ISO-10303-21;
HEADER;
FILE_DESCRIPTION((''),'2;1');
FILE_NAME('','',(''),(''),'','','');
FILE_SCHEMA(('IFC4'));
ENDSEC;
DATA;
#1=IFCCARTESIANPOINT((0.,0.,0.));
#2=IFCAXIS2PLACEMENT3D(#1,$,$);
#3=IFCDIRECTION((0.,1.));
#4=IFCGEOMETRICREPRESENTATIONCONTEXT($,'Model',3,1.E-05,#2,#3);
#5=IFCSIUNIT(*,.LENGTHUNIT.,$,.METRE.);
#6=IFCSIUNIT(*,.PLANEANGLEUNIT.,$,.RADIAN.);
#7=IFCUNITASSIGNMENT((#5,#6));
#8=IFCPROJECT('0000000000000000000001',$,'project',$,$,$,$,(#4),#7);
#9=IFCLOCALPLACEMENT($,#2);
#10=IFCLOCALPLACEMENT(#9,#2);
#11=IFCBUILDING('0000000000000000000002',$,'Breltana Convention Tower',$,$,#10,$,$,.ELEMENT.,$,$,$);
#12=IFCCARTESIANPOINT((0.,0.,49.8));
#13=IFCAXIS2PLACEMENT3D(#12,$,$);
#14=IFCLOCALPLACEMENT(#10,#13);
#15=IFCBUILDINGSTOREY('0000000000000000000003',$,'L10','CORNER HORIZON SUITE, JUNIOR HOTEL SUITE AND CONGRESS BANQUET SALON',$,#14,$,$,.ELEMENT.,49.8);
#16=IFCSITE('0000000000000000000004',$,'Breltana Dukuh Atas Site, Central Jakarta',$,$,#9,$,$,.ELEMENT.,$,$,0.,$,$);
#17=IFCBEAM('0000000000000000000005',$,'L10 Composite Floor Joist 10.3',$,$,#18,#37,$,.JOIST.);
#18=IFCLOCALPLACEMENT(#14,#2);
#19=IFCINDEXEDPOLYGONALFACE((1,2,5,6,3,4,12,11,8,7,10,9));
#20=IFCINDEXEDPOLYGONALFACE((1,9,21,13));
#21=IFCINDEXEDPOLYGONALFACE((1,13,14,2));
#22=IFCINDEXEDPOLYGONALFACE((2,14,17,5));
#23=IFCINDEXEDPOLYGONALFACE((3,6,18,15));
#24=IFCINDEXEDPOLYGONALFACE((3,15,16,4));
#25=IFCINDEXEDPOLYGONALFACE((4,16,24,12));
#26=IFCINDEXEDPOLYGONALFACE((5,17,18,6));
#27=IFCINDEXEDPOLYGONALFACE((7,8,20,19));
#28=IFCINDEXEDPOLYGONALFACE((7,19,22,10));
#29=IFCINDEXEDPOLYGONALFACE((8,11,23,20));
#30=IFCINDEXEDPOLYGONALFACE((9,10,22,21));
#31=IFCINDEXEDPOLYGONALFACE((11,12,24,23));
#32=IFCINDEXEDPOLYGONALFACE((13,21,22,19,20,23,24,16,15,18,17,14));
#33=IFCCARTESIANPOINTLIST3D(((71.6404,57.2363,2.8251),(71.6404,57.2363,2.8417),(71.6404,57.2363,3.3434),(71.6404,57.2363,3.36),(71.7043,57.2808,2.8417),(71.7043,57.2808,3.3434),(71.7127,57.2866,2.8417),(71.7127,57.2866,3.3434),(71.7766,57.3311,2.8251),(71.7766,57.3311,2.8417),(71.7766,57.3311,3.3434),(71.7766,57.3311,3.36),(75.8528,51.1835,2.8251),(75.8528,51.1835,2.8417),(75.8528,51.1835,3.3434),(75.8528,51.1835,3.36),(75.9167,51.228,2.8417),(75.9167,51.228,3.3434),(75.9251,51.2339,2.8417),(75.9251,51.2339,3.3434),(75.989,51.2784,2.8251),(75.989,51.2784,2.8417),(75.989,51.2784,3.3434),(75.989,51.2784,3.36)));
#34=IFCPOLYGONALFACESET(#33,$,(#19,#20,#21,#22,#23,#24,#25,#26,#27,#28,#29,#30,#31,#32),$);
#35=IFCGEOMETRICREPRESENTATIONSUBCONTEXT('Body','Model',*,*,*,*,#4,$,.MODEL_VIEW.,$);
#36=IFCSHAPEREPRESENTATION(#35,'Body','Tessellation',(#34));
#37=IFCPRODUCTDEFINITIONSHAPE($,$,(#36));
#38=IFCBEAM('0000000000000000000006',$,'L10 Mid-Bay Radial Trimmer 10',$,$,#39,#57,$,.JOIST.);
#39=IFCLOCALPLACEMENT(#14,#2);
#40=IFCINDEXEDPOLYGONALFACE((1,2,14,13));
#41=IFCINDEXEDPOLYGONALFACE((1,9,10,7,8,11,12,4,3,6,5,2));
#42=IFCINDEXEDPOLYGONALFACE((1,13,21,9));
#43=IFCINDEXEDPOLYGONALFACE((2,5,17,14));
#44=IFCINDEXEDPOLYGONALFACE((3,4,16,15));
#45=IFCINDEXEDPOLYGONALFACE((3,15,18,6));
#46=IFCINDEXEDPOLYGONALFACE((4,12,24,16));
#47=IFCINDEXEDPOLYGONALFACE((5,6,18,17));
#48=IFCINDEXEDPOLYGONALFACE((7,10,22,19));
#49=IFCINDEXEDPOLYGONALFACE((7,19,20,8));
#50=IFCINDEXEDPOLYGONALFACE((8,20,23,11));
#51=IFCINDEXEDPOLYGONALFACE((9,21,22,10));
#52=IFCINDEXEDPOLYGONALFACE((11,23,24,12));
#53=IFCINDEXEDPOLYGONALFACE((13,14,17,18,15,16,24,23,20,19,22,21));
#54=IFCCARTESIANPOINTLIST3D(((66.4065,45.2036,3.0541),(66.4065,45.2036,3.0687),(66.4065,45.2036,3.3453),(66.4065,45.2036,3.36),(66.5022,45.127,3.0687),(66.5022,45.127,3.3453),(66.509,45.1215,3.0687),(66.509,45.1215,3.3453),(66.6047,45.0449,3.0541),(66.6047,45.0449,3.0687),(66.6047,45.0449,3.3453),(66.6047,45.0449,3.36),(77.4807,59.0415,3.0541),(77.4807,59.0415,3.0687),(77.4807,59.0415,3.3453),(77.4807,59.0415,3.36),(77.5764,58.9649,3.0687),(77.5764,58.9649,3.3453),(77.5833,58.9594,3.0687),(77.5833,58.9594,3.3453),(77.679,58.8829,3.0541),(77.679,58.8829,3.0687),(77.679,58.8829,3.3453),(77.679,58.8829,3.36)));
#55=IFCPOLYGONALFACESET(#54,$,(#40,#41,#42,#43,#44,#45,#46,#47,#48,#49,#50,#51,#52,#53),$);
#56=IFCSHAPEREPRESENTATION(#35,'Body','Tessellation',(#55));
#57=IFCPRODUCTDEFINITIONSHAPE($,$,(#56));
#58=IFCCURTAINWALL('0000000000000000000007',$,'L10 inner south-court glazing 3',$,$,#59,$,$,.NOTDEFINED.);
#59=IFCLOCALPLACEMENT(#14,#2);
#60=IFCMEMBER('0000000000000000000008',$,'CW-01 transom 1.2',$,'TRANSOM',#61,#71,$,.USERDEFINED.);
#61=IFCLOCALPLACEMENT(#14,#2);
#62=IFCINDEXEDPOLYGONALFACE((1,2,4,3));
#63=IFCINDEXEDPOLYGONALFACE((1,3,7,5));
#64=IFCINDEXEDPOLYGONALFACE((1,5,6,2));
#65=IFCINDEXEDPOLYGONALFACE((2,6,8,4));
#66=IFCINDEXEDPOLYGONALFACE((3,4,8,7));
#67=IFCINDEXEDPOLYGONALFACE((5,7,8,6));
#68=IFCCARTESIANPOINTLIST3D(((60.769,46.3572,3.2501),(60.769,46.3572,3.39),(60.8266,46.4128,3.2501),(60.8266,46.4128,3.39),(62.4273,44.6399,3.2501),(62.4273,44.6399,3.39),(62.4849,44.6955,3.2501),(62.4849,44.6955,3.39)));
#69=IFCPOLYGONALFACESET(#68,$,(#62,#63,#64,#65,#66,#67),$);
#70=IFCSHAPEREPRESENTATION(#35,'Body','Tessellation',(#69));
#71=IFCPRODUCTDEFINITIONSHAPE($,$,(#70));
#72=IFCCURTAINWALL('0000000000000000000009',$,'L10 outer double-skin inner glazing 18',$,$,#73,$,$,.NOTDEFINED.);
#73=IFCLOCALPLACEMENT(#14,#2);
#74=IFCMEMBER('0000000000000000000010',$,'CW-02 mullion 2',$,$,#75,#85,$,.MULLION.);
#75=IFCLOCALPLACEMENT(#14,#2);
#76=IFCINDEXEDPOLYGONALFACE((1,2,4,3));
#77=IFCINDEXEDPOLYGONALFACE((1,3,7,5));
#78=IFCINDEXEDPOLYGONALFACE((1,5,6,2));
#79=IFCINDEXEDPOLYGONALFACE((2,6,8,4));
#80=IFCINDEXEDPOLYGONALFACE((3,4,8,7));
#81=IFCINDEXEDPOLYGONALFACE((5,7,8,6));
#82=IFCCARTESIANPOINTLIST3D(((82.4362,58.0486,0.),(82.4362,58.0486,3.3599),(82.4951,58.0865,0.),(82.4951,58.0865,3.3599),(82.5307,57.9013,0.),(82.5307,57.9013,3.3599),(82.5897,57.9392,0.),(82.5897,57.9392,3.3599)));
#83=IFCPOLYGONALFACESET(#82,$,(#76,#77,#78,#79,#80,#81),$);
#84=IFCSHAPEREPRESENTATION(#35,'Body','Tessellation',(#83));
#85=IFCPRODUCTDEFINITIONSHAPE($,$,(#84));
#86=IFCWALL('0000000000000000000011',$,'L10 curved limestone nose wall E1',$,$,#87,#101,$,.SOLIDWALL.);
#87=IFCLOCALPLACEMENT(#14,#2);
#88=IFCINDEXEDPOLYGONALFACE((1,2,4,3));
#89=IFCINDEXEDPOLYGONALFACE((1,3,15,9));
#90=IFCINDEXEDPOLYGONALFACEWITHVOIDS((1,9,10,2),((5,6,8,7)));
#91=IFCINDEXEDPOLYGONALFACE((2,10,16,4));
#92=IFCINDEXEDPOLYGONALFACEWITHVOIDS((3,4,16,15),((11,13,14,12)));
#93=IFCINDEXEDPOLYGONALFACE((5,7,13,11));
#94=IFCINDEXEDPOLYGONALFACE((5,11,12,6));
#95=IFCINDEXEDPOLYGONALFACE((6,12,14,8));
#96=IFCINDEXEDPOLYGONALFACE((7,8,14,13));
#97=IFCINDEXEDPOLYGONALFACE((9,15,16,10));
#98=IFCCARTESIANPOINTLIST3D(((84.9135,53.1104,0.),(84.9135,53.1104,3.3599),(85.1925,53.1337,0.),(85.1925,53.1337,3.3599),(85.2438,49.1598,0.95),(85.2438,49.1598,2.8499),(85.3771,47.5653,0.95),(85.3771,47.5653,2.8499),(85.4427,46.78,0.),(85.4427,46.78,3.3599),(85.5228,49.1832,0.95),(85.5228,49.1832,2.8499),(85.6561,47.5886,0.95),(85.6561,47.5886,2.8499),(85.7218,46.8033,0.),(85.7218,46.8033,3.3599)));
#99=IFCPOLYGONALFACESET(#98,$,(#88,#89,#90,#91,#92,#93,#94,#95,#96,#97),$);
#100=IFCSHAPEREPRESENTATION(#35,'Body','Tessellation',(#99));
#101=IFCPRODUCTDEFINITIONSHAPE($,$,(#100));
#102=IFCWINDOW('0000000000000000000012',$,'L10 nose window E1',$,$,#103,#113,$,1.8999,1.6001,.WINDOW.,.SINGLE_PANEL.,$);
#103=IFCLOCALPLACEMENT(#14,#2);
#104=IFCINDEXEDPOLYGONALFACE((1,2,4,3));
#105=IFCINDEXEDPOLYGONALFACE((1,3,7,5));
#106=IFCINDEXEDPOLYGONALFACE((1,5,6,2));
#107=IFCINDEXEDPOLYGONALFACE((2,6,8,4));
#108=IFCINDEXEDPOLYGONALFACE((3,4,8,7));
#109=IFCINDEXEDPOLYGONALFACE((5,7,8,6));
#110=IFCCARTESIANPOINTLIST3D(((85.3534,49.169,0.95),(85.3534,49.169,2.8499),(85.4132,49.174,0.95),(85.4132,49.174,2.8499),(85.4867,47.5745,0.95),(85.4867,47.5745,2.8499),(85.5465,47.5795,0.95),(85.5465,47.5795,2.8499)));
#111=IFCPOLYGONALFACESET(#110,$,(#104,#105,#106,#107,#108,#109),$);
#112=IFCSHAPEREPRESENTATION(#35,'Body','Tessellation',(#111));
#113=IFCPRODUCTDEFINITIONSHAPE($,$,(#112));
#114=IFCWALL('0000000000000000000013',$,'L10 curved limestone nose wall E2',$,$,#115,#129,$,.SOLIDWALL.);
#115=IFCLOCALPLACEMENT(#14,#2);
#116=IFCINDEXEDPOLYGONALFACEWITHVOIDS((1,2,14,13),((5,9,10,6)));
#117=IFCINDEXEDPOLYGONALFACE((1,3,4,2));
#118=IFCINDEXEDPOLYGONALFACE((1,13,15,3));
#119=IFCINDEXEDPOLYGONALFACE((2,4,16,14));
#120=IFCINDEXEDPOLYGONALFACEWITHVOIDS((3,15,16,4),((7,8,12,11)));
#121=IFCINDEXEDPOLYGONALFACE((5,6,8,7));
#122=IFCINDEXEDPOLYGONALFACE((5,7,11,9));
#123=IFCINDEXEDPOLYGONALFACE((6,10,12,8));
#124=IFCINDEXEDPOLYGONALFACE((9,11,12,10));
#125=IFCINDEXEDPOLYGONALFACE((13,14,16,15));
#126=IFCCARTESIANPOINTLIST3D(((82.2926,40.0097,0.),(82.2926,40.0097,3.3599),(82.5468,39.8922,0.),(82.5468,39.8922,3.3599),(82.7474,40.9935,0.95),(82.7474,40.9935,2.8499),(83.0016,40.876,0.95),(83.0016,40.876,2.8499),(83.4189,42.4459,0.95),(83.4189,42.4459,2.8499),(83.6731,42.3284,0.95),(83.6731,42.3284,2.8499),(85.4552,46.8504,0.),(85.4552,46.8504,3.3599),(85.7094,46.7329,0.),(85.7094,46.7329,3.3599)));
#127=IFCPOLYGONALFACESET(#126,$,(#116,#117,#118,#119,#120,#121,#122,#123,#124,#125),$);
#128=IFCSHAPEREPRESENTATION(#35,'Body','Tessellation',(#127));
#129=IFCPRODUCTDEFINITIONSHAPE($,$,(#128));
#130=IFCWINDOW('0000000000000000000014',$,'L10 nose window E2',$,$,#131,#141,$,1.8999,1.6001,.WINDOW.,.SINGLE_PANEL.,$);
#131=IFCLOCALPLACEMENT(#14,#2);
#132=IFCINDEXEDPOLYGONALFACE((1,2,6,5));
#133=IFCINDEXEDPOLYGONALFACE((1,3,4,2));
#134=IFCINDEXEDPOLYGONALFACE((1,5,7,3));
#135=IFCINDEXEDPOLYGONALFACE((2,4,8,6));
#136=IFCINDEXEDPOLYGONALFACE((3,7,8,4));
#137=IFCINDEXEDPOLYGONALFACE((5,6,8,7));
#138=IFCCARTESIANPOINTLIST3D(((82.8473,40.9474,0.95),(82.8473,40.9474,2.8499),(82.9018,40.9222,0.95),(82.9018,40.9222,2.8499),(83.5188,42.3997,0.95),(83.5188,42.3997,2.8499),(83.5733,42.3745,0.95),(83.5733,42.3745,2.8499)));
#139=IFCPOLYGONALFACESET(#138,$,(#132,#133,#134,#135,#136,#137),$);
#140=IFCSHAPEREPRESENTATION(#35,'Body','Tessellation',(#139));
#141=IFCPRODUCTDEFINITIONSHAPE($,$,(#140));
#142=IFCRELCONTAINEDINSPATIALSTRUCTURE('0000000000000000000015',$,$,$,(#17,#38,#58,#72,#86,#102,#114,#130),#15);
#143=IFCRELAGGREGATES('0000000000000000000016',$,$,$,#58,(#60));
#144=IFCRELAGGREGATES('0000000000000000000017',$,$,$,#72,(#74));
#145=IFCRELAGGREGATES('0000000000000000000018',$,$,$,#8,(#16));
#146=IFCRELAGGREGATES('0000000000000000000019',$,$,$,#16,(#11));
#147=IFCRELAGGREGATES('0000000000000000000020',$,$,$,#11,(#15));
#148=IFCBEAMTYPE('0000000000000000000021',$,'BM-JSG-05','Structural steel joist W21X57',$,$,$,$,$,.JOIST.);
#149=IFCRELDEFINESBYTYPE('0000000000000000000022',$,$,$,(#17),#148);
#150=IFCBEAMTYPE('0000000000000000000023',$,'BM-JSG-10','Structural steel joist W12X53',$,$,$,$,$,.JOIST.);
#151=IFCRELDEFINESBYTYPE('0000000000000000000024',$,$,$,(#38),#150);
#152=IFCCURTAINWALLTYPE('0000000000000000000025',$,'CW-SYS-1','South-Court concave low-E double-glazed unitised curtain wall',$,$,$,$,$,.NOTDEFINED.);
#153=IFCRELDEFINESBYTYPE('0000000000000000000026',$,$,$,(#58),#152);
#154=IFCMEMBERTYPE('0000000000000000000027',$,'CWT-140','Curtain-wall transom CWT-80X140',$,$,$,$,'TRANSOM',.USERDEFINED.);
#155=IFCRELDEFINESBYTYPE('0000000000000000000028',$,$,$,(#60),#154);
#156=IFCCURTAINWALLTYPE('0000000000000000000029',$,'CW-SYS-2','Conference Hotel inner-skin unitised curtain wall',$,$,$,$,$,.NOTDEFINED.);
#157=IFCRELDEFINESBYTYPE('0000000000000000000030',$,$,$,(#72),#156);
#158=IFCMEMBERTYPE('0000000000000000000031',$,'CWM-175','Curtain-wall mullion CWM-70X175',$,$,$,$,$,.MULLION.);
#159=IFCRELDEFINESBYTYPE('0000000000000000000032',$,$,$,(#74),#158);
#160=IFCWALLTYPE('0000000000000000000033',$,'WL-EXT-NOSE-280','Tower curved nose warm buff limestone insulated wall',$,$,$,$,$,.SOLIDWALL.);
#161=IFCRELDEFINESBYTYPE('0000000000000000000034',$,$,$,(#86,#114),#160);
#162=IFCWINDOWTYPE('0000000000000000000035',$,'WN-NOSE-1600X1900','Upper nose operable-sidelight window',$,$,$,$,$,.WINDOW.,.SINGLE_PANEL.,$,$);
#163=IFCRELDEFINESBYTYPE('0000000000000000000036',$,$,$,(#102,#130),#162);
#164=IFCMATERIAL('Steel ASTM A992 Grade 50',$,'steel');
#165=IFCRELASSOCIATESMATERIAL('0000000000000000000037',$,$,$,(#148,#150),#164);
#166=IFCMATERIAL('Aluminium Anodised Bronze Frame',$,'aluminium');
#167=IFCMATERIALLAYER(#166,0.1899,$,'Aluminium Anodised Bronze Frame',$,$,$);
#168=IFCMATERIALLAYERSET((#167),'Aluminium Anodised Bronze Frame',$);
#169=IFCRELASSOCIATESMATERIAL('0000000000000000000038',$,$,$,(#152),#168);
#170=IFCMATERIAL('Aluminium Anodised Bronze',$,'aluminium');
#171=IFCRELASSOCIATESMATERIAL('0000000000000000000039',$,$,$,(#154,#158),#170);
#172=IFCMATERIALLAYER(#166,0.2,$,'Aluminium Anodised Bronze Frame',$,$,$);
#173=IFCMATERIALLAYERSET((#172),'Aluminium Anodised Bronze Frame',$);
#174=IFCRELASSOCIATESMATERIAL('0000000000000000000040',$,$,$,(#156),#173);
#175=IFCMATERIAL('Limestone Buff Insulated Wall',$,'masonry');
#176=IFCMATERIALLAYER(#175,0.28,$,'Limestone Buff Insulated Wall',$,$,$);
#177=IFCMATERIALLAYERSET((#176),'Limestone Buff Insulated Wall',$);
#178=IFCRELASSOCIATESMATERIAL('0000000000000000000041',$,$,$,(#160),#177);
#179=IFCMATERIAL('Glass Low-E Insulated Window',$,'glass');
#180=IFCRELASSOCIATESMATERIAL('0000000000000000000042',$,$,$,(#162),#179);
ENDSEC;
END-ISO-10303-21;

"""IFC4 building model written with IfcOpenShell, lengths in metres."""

from ifc_helpers import new_model, si_unit, direction, frame, frame_2d, origin, origin_2d, place, context, subcontext, project, spatial, rectangle, i_section, extrude, source, transform, mapped, material, layer, layer_set, material_profile, profile_set, type_object, type_shapes, element, fill, aggregate, save


model = new_model("IFC4")

# Units and contexts
model_context = context("Model", 3, precision=1e-05, world=origin(), true_north=direction((0.0, 1.0)))
body_context = subcontext(model_context, "Body", "Model", "MODEL_VIEW")
ifc_project = project(units=[si_unit("LENGTHUNIT", "METRE"), si_unit("PLANEANGLEUNIT", "RADIAN")], contexts=[model_context])

# Site, building, storey
site_placement = place(None, origin())
site = spatial("IfcSite", under=ifc_project, at=site_placement, Name="Breltana Dukuh Atas Site, Central Jakarta", CompositionType="ELEMENT", RefElevation=0.0)
building_placement = place(site_placement, origin())
building = spatial("IfcBuilding", under=site, at=building_placement, Name="Breltana Convention Tower", CompositionType="ELEMENT")
storey_placement = place(building_placement, frame((0.0, 0.0, 49.8)))
storey = spatial("IfcBuildingStorey", under=building, at=storey_placement, Name="L10", Description="CORNER HORIZON SUITE, JUNIOR HOTEL SUITE AND CONGRESS BANQUET SALON", CompositionType="ELEMENT", Elevation=49.8)

# Beams
ifc_material_1 = material(Name="Steel ASTM A992 Grade 50", Category="steel")
ifc_material_profile_1 = material_profile(ifc_material_1, i_section(OverallWidth=0.166, OverallDepth=0.5349, WebThickness=0.0103, FlangeThickness=0.0166, at=origin_2d()), Name="W21X57")
ifc_profile_set_1 = profile_set([ifc_material_profile_1], Name="Steel ASTM A992 Grade 50")
beam_type_1 = type_object("IfcBeamType", Name="BM-JSG-05", Description="Structural steel joist W21X57", PredefinedType="JOIST", material=ifc_profile_set_1)
ifc_material_profile_2 = material_profile(ifc_material_1, i_section(OverallWidth=0.2539, OverallDepth=0.3059, WebThickness=0.0088, FlangeThickness=0.0146, at=origin_2d()), Name="W12X53")
ifc_profile_set_2 = profile_set([ifc_material_profile_2], Name="Steel ASTM A992 Grade 50")
beam_type_2 = type_object("IfcBeamType", Name="BM-JSG-10", Description="Structural steel joist W12X53", PredefinedType="JOIST", material=ifc_profile_set_2)
shared_shape_1 = source(origin(), body_context, "Body", "SweptSolid", [
    extrude(i_section(OverallWidth=0.166, OverallDepth=0.5349, WebThickness=0.0103, FlangeThickness=0.0166, at=origin_2d()), origin(), (0.0, 0.0, 1.0), 7.3743),
])
beam_1_placement = place(storey_placement, frame((71.7085, 57.2837, 3.0925), z_axis=(0.571229, -0.82079, 0.0), x_axis=(0.82079, 0.571229, 0.0)))
element("IfcBeam", 1, at=beam_1_placement, inside=storey, type_object=beam_type_1, Name="L10 Composite Floor Joist 10.3", PredefinedType="JOIST", context=body_context, shape_type="MappedRepresentation", body=[
    mapped(shared_shape_1, transform((0.0, 0.0, 0.0), scale=1.0)),
])
shared_shape_2 = source(origin(), body_context, "Body", "SweptSolid", [
    extrude(i_section(OverallWidth=0.2539, OverallDepth=0.3059, WebThickness=0.0088, FlangeThickness=0.0146, at=origin_2d()), origin(), (0.0, 0.0, 1.0), 17.7236),
])
beam_2_placement = place(storey_placement, frame((66.5056, 45.1243, 3.207), z_axis=(0.624829, 0.780761, 0.0), x_axis=(-0.780761, 0.624829, 0.0)))
element("IfcBeam", 2, at=beam_2_placement, inside=storey, type_object=beam_type_2, Name="L10 Mid-Bay Radial Trimmer 10", PredefinedType="JOIST", context=body_context, shape_type="MappedRepresentation", body=[
    mapped(shared_shape_2, transform((0.0, 0.0, 0.0), scale=1.0)),
])

# Curtain walls, members
ifc_material_2 = material(Name="Aluminium Anodised Bronze Frame", Category="aluminium")
ifc_layer_1 = layer(ifc_material_2, 0.1899, Name="Aluminium Anodised Bronze Frame")
ifc_layer_set_1 = layer_set([ifc_layer_1], Name="Aluminium Anodised Bronze Frame")
curtain_wall_type_1 = type_object("IfcCurtainWallType", Name="CW-SYS-1", Description="South-Court concave low-E double-glazed unitised curtain wall", PredefinedType="NOTDEFINED", material=ifc_layer_set_1)
curtain_wall_1_placement = place(storey_placement, origin())
curtain_wall_1 = element("IfcCurtainWall", 3, at=curtain_wall_1_placement, inside=storey, type_object=curtain_wall_type_1, Name="L10 inner south-court glazing 3", PredefinedType="NOTDEFINED")
ifc_material_3 = material(Name="Aluminium Anodised Bronze", Category="aluminium")
ifc_material_profile_3 = material_profile(ifc_material_3, rectangle(XDim=0.0801, YDim=0.1399, at=origin_2d()), Name="CWT-80X140")
ifc_profile_set_3 = profile_set([ifc_material_profile_3], Name="Aluminium Anodised Bronze")
member_type_1 = type_object("IfcMemberType", Name="CWT-140", Description="Curtain-wall transom CWT-80X140", ElementType="TRANSOM", PredefinedType="USERDEFINED", material=ifc_profile_set_3)
shared_shape_3 = source(origin(), body_context, "Body", "SweptSolid", [
    extrude(rectangle(XDim=0.0801, YDim=0.1399, at=origin_2d()), origin(), (0.0, 0.0, 1.0), 2.3872),
])
type_shapes(member_type_1, [shared_shape_3])
member_1_placement = place(storey_placement, frame((62.4561, 44.6677, 3.3201), z_axis=(-0.694624, 0.719373, 0.0), x_axis=(-0.719373, -0.694624, 0.0)))
member_1 = element("IfcMember", 4, at=member_1_placement, type_object=member_type_1, Name="CW-01 transom 1.2", ObjectType="TRANSOM", PredefinedType="USERDEFINED", context=body_context, shape_type="MappedRepresentation", body=[
    mapped(shared_shape_3, transform((0.0, 0.0, 0.0), scale=1.0)),
])
aggregate(curtain_wall_1, [member_1])
ifc_layer_2 = layer(ifc_material_2, 0.2, Name="Aluminium Anodised Bronze Frame")
ifc_layer_set_2 = layer_set([ifc_layer_2], Name="Aluminium Anodised Bronze Frame")
curtain_wall_type_2 = type_object("IfcCurtainWallType", Name="CW-SYS-2", Description="Conference Hotel inner-skin unitised curtain wall", PredefinedType="NOTDEFINED", material=ifc_layer_set_2)
curtain_wall_2_placement = place(storey_placement, origin())
curtain_wall_2 = element("IfcCurtainWall", 5, at=curtain_wall_2_placement, inside=storey, type_object=curtain_wall_type_2, Name="L10 outer double-skin inner glazing 18", PredefinedType="NOTDEFINED")
ifc_material_profile_4 = material_profile(ifc_material_3, rectangle(XDim=0.0701, YDim=0.175, at=origin_2d()), Name="CWM-70X175")
ifc_profile_set_4 = profile_set([ifc_material_profile_4], Name="Aluminium Anodised Bronze")
member_type_2 = type_object("IfcMemberType", Name="CWM-175", Description="Curtain-wall mullion CWM-70X175", PredefinedType="MULLION", material=ifc_profile_set_4)
shared_shape_4 = source(origin(), body_context, "Body", "SweptSolid", [
    extrude(rectangle(XDim=0.0701, YDim=0.175, at=origin_2d()), origin(), (0.0, 0.0, 1.0), 3.3599),
])
member_2_placement = place(storey_placement, frame((82.5129, 57.9939, 0.0), z_axis=(0.0, 0.0, 1.0), x_axis=(0.841549, 0.540181, 0.0)))
member_2 = element("IfcMember", 6, at=member_2_placement, type_object=member_type_2, Name="CW-02 mullion 2", PredefinedType="MULLION", context=body_context, shape_type="MappedRepresentation", body=[
    mapped(shared_shape_4, transform((0.0, 0.0, 0.0), scale=1.0)),
])
aggregate(curtain_wall_2, [member_2])

# Walls, openings, windows
ifc_material_4 = material(Name="Limestone Buff Insulated Wall", Category="masonry")
ifc_layer_3 = layer(ifc_material_4, 0.28, Name="Limestone Buff Insulated Wall")
ifc_layer_set_3 = layer_set([ifc_layer_3], Name="Limestone Buff Insulated Wall")
wall_type_1 = type_object("IfcWallType", Name="WL-EXT-NOSE-280", Description="Tower curved nose warm buff limestone insulated wall", PredefinedType="SOLIDWALL", material=ifc_layer_set_3)
shared_shape_5 = source(origin(), body_context, "Body", "SweptSolid", [
    extrude(rectangle(XDim=6.3525, YDim=0.28, at=frame_2d((3.1763, 0.0))), origin(), (0.0, 0.0, 1.0), 3.3599),
])
wall_1_placement = place(storey_placement, frame((85.053, 53.1221, 0.0), z_axis=(0.0, 0.0, 1.0), x_axis=(0.083319, -0.996523, 0.0)))
wall_1 = element("IfcWall", 7, at=wall_1_placement, inside=storey, type_object=wall_type_1, Name="L10 curved limestone nose wall E1", PredefinedType="SOLIDWALL", context=body_context, shape_type="MappedRepresentation", body=[
    mapped(shared_shape_5, transform((0.0, 0.0, 0.0), scale=1.0)),
])
opening_1_placement = place(wall_1_placement, frame((3.9644, 0.0, 0.95)))
opening_1 = element("IfcOpeningElement", 8, at=opening_1_placement, cuts=wall_1, PredefinedType="OPENING", context=body_context, shape_type="SweptSolid", body=[
    extrude(rectangle(XDim=1.6001, YDim=1.8999, at=frame_2d((0.8, 0.95))), frame((0.0, 0.1499, 0.0), z_axis=(0.0, -1.0, 0.0), x_axis=(1.0, 0.0, 0.0)), (0.0, 0.0, 1.0), 0.3),
])
ifc_material_5 = material(Name="Glass Low-E Insulated Window", Category="glass")
window_type = type_object("IfcWindowType", Name="WN-NOSE-1600X1900", Description="Upper nose operable-sidelight window", PartitioningType="SINGLE_PANEL", PredefinedType="WINDOW", material=ifc_material_5)
shared_shape_6 = source(origin(), body_context, "Body", "SweptSolid", [
    extrude(rectangle(XDim=1.6001, YDim=1.8999, at=frame_2d((0.8, 0.95))), frame((0.0, 0.03, 0.0), z_axis=(0.0, -1.0, 0.0), x_axis=(1.0, 0.0, 0.0)), (0.0, 0.0, 1.0), 0.0601),
])
type_shapes(window_type, [shared_shape_6])
window_1_placement = place(opening_1_placement, origin())
window_1 = element("IfcWindow", 9, at=window_1_placement, inside=storey, type_object=window_type, Name="L10 nose window E1", OverallHeight=1.8999, OverallWidth=1.6001, PartitioningType="SINGLE_PANEL", PredefinedType="WINDOW", context=body_context, shape_type="MappedRepresentation", body=[
    mapped(shared_shape_6, transform((0.0, 0.0, 0.0), scale=1.0)),
])
fill(opening_1, window_1)
shared_shape_7 = source(origin(), body_context, "Body", "SweptSolid", [
    extrude(rectangle(XDim=7.5364, YDim=0.28, at=frame_2d((3.7681, 0.0))), origin(), (0.0, 0.0, 1.0), 3.3599),
])
wall_2_placement = place(storey_placement, frame((85.5823, 46.7915, 0.0), z_axis=(0.0, 0.0, 1.0), x_axis=(-0.41965, -0.907686, 0.0)))
wall_2 = element("IfcWall", 10, at=wall_2_placement, inside=storey, type_object=wall_type_1, Name="L10 curved limestone nose wall E2", PredefinedType="SOLIDWALL", context=body_context, shape_type="MappedRepresentation", body=[
    mapped(shared_shape_7, transform((0.0, 0.0, 0.0), scale=1.0)),
])
opening_2_placement = place(wall_2_placement, frame((4.8523, 0.0, 0.95)))
opening_2 = element("IfcOpeningElement", 11, at=opening_2_placement, cuts=wall_2, PredefinedType="OPENING", context=body_context, shape_type="SweptSolid", body=[
    extrude(rectangle(XDim=1.6001, YDim=1.8999, at=frame_2d((0.8, 0.95))), frame((0.0, 0.1499, 0.0), z_axis=(0.0, -1.0, 0.0), x_axis=(1.0, 0.0, 0.0)), (0.0, 0.0, 1.0), 0.3),
])
window_2_placement = place(opening_2_placement, origin())
window_2 = element("IfcWindow", 12, at=window_2_placement, inside=storey, type_object=window_type, Name="L10 nose window E2", OverallHeight=1.8999, OverallWidth=1.6001, PartitioningType="SINGLE_PANEL", PredefinedType="WINDOW", context=body_context, shape_type="MappedRepresentation", body=[
    mapped(shared_shape_6, transform((0.0, 0.0, 0.0), scale=1.0)),
])
fill(opening_2, window_2)

save(model, "model.ifc")
